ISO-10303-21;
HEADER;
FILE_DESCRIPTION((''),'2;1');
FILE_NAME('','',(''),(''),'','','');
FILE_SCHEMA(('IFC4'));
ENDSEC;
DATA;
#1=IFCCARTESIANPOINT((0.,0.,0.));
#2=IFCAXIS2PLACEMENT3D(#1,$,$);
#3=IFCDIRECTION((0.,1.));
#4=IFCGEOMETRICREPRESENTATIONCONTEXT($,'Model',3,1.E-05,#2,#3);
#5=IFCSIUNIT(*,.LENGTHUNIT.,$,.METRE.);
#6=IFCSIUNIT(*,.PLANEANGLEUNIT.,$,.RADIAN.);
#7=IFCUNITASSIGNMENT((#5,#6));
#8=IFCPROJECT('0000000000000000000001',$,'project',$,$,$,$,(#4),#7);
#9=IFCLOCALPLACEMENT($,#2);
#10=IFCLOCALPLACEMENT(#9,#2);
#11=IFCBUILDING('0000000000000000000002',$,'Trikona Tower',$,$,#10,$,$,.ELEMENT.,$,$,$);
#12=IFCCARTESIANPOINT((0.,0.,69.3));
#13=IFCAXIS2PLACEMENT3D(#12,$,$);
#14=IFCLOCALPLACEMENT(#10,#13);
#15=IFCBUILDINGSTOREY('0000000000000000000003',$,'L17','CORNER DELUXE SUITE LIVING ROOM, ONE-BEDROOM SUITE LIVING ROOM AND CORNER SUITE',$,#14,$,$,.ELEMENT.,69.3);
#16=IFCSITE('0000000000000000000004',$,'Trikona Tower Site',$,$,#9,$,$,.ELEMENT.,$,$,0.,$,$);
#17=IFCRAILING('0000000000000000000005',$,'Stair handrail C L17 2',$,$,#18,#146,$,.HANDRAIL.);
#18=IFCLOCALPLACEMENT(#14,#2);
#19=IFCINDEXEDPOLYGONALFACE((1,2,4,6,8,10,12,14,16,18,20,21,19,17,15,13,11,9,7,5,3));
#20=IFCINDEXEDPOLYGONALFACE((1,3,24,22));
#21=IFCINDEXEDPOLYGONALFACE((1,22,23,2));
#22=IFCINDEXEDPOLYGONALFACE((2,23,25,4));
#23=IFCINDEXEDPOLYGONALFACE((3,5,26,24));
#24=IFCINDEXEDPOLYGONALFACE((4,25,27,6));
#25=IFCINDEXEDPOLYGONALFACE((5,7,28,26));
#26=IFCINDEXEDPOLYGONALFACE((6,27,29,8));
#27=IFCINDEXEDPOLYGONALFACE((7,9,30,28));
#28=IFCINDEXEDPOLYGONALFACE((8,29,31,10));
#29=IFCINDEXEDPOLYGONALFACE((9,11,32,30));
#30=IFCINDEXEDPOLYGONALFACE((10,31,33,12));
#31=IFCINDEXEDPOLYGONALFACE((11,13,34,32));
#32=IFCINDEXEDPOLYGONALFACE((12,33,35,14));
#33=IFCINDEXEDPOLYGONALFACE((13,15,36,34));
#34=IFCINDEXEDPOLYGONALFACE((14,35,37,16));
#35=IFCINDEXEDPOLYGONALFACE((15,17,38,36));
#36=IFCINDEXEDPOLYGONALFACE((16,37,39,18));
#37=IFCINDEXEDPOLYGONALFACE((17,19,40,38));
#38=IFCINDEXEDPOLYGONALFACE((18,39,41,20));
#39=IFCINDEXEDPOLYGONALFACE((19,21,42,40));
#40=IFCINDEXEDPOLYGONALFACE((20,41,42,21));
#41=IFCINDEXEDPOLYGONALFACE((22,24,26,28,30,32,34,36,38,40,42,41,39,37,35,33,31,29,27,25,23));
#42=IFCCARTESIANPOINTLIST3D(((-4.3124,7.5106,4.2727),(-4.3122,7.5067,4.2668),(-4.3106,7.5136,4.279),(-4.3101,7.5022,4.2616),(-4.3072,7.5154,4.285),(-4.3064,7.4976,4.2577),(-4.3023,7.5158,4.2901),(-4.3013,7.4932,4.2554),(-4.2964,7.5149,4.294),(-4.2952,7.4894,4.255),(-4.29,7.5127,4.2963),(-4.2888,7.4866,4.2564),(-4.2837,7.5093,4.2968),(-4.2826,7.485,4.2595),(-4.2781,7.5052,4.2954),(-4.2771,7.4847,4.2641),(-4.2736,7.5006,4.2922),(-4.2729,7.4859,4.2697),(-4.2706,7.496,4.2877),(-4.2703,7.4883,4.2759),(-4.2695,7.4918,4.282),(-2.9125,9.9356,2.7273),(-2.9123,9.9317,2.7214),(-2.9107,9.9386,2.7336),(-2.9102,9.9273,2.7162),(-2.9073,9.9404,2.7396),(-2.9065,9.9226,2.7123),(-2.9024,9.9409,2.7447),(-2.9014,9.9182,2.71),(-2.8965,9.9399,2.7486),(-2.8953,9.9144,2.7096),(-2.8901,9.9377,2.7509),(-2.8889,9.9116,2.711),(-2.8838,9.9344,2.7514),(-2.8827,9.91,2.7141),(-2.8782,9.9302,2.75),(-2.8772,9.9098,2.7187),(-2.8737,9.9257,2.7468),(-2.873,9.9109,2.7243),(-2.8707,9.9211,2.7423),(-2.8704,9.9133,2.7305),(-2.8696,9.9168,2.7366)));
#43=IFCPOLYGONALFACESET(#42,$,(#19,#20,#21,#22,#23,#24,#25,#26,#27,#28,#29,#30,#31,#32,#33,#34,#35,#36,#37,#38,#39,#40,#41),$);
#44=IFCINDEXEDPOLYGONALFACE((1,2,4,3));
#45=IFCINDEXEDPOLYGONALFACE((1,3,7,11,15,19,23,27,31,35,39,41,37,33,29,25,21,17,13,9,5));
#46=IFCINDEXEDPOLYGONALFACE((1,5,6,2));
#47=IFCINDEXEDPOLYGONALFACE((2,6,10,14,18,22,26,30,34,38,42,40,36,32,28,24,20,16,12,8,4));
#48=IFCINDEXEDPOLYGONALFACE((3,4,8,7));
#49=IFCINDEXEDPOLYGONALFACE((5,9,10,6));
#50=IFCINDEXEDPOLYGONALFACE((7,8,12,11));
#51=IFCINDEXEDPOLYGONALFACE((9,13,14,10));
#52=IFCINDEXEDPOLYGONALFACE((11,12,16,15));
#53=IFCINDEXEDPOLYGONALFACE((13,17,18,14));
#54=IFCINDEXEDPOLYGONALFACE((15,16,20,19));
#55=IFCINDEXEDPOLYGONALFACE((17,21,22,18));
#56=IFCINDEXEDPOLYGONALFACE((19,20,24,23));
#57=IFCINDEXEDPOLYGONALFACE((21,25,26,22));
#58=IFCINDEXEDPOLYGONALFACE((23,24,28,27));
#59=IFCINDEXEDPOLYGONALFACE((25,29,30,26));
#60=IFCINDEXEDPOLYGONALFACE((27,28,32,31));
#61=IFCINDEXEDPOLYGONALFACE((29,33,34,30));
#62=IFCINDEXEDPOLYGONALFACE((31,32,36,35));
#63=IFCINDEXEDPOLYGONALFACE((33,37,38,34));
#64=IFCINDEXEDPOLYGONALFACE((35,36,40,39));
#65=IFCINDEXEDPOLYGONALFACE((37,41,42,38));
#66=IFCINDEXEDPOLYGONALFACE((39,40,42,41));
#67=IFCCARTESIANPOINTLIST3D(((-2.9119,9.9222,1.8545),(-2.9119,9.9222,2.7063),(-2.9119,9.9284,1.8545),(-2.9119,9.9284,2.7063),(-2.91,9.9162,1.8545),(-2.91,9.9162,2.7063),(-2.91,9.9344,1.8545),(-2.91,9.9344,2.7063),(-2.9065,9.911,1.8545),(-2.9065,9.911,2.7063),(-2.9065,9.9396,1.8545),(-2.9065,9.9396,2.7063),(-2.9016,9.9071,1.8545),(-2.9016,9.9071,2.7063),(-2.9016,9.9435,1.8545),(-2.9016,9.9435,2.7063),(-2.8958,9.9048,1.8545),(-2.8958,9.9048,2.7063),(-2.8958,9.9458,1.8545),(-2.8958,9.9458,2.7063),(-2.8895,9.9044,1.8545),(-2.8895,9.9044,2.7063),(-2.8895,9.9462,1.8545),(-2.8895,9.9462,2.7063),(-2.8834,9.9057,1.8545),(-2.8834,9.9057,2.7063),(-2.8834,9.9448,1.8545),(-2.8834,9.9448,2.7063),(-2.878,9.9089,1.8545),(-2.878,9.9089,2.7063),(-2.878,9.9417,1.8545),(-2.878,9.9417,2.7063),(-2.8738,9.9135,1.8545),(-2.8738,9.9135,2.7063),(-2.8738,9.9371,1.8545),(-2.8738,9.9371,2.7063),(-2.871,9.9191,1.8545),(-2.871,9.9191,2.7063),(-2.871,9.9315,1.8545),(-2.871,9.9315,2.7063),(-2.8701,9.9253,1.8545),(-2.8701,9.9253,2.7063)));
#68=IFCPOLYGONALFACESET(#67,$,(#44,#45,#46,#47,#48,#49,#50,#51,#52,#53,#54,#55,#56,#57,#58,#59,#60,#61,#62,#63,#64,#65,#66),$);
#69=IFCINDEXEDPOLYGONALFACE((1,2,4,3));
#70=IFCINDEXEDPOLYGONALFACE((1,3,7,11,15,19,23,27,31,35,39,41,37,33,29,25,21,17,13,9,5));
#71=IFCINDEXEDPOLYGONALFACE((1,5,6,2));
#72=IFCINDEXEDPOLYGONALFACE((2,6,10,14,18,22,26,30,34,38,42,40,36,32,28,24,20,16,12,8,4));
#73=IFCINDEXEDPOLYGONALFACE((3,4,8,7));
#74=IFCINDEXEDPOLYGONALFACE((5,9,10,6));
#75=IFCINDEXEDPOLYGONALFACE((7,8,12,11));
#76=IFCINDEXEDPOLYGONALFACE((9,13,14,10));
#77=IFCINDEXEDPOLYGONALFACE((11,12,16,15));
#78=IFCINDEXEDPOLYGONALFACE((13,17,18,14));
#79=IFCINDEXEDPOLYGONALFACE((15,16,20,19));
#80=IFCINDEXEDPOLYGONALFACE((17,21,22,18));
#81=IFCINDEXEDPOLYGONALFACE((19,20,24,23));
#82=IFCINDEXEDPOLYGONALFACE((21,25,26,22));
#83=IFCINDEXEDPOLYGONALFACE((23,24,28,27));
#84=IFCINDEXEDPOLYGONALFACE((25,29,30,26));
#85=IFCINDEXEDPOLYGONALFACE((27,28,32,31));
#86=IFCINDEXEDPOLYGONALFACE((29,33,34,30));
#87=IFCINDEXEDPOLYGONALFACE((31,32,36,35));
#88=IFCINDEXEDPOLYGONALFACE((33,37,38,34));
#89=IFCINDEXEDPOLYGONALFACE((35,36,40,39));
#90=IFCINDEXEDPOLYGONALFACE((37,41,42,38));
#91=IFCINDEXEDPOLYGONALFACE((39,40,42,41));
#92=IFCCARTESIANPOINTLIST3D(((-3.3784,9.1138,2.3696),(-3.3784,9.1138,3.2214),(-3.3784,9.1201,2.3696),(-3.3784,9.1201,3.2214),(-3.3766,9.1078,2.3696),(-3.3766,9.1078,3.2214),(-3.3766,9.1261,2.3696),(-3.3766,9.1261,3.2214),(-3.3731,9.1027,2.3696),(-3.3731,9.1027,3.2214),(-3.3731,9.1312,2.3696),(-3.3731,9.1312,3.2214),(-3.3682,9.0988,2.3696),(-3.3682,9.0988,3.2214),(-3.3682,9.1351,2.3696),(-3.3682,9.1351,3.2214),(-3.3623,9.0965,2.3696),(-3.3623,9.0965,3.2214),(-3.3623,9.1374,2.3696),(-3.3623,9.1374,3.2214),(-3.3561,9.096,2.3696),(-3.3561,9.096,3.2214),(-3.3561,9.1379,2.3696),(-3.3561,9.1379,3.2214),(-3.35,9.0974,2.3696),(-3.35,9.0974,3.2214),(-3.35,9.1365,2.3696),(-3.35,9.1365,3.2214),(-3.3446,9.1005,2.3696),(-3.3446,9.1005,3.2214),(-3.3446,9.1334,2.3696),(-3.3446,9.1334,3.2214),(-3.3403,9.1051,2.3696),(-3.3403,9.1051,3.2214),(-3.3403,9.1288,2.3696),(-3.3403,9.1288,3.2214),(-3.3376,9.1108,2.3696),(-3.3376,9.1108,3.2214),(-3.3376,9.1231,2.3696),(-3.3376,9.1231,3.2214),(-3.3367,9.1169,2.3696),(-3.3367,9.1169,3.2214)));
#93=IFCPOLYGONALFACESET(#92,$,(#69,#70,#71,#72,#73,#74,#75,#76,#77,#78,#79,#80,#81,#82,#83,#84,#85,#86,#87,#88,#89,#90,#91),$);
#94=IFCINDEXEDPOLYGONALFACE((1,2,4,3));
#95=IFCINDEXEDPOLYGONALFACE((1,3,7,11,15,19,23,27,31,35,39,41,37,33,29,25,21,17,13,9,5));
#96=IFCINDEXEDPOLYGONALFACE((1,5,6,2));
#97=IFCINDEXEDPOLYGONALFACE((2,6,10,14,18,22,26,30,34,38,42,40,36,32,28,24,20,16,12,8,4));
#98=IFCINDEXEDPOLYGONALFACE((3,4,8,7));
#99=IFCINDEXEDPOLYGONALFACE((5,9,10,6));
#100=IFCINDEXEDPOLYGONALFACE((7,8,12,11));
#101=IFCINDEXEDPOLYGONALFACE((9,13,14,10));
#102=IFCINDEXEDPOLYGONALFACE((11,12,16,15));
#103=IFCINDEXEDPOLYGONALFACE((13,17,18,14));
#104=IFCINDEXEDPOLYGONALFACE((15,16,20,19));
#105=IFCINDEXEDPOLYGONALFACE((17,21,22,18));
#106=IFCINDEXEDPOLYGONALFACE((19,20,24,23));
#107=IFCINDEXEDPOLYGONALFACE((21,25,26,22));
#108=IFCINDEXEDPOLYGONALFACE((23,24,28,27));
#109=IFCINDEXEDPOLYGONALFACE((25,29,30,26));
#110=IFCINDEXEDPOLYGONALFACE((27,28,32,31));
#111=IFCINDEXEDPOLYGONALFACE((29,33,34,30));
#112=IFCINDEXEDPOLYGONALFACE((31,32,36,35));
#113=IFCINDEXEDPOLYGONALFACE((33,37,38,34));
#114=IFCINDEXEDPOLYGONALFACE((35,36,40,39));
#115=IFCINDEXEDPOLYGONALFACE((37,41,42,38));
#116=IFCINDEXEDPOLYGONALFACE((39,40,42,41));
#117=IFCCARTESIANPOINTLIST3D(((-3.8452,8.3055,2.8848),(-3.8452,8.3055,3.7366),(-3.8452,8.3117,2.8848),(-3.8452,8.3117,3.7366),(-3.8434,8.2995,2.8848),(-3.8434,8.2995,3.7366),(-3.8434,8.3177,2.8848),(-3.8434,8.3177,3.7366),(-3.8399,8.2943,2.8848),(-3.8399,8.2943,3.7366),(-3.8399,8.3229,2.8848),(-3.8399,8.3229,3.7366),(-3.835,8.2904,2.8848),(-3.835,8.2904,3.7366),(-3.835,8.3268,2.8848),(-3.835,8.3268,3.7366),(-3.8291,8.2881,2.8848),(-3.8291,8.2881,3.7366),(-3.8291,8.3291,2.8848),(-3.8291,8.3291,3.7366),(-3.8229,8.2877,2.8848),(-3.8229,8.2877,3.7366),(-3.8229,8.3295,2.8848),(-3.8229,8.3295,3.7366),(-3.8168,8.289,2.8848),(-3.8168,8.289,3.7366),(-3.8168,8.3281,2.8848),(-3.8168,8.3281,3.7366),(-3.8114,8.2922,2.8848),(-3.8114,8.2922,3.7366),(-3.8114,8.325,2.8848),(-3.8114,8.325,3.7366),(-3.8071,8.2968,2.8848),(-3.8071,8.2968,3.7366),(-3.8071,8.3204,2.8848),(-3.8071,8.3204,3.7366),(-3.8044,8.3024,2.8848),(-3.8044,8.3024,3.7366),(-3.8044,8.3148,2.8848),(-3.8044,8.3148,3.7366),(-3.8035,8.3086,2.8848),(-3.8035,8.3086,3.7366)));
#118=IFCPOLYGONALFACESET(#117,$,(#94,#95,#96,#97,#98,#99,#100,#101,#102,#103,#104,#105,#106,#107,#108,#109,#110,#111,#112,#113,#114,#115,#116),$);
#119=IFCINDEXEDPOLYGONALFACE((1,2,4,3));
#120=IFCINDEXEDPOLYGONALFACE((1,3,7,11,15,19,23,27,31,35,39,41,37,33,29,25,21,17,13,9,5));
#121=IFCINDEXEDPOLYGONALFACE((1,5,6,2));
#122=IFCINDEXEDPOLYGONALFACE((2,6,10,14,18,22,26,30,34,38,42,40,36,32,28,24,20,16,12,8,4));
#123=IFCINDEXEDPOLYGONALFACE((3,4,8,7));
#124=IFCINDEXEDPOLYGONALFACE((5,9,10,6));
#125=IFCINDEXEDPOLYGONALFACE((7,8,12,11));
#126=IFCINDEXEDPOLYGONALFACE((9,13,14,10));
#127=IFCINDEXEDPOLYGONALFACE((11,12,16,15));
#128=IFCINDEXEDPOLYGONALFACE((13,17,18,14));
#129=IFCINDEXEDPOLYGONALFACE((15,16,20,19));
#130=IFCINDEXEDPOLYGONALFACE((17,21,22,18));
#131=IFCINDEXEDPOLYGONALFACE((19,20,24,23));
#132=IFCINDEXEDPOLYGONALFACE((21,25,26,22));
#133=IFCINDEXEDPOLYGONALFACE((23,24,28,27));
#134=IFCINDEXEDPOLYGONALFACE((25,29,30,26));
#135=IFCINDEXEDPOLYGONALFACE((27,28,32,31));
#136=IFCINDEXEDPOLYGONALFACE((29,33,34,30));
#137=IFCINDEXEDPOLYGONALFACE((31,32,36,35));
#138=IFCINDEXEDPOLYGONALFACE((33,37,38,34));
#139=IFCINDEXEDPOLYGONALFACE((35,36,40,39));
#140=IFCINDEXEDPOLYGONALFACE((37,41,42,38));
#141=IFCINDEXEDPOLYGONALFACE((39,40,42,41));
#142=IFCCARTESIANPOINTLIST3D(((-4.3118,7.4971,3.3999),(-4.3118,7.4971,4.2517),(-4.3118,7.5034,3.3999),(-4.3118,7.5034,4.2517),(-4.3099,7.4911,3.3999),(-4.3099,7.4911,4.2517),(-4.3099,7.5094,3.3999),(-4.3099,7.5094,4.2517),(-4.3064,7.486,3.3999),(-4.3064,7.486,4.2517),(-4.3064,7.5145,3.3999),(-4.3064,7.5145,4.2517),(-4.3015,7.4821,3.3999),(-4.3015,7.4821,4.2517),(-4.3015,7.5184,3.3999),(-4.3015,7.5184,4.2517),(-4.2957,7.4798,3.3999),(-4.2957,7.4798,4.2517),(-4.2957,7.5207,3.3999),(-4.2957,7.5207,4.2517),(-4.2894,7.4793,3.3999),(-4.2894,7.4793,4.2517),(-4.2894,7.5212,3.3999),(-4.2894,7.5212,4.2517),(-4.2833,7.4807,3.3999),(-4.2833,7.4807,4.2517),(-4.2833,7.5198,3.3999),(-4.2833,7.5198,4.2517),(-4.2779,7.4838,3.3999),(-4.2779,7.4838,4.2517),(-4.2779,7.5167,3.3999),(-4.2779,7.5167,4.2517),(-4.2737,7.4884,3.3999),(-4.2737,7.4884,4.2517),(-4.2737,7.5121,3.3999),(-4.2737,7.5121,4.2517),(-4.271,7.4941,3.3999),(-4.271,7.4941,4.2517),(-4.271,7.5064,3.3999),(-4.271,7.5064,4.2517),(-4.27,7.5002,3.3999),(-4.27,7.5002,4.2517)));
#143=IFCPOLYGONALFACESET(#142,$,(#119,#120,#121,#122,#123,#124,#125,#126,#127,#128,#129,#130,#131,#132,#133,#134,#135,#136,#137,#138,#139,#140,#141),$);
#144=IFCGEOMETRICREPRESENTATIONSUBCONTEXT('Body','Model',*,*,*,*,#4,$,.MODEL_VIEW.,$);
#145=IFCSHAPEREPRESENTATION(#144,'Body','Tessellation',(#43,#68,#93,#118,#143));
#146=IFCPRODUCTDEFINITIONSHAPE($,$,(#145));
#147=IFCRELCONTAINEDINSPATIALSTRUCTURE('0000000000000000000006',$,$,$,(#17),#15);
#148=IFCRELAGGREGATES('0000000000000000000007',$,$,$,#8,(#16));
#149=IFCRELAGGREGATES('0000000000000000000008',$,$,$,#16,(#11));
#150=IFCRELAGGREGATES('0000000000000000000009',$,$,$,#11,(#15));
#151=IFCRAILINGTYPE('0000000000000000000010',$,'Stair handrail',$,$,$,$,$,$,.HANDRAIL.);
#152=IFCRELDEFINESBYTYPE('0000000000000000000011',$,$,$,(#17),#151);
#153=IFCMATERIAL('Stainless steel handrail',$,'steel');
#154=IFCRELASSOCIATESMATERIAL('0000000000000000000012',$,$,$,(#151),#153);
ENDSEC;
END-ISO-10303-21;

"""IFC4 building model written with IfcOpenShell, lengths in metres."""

from ifc_helpers import new_model, si_unit, direction, frame, origin, origin_2d, place, context, subcontext, project, spatial, circle, extrude, material, type_object, element, save


model = new_model("IFC4")

# Units and contexts
model_context = context("Model", 3, precision=1e-05, world=origin(), true_north=direction((0.0, 1.0)))
body_context = subcontext(model_context, "Body", "Model", "MODEL_VIEW")
ifc_project = project(units=[si_unit("LENGTHUNIT", "METRE"), si_unit("PLANEANGLEUNIT", "RADIAN")], contexts=[model_context])

# Site, building, storey
site_placement = place(None, origin())
site = spatial("IfcSite", under=ifc_project, at=site_placement, Name="Trikona Tower Site", CompositionType="ELEMENT", RefElevation=0.0)
building_placement = place(site_placement, origin())
building = spatial("IfcBuilding", under=site, at=building_placement, Name="Trikona Tower", CompositionType="ELEMENT")
storey_placement = place(building_placement, frame((0.0, 0.0, 69.3)))
storey = spatial("IfcBuildingStorey", under=building, at=storey_placement, Name="L17", Description="CORNER DELUXE SUITE LIVING ROOM, ONE-BEDROOM SUITE LIVING ROOM AND CORNER SUITE", CompositionType="ELEMENT", Elevation=69.3)

# Railing
ifc_material_1 = material(Name="Stainless steel handrail", Category="steel")
railing_type = type_object("IfcRailingType", Name="Stair handrail", PredefinedType="HANDRAIL", material=ifc_material_1)
railing_1_placement = place(storey_placement, frame((-2.8911, 9.9253, 1.8545)))
element("IfcRailing", 1, at=railing_1_placement, inside=storey, type_object=railing_type, Name="Stair handrail C L17 2", PredefinedType="HANDRAIL", context=body_context, shape_type="SweptSolid", body=[
    extrude(circle(Radius=0.0239, at=origin_2d()), frame((0.0, 0.0, 0.876), z_axis=(-0.437707, -0.75824, 0.483203), x_axis=(0.866056, -0.499946, 0.0)), (0.0, 0.0, 1.0), 3.1982),
    extrude(circle(Radius=0.021, at=origin_2d()), origin(), (0.0, 0.0, 1.0), 0.8518),
    extrude(circle(Radius=0.021, at=origin_2d()), frame((-0.4666, -0.8083, 0.5151)), (0.0, 0.0, 1.0), 0.8518),
    extrude(circle(Radius=0.021, at=origin_2d()), frame((-0.9333, -1.6167, 1.0303)), (0.0, 0.0, 1.0), 0.8518),
    extrude(circle(Radius=0.021, at=origin_2d()), frame((-1.3999, -2.425, 1.5454)), (0.0, 0.0, 1.0), 0.8518),
])

save(model, "model.ifc")
